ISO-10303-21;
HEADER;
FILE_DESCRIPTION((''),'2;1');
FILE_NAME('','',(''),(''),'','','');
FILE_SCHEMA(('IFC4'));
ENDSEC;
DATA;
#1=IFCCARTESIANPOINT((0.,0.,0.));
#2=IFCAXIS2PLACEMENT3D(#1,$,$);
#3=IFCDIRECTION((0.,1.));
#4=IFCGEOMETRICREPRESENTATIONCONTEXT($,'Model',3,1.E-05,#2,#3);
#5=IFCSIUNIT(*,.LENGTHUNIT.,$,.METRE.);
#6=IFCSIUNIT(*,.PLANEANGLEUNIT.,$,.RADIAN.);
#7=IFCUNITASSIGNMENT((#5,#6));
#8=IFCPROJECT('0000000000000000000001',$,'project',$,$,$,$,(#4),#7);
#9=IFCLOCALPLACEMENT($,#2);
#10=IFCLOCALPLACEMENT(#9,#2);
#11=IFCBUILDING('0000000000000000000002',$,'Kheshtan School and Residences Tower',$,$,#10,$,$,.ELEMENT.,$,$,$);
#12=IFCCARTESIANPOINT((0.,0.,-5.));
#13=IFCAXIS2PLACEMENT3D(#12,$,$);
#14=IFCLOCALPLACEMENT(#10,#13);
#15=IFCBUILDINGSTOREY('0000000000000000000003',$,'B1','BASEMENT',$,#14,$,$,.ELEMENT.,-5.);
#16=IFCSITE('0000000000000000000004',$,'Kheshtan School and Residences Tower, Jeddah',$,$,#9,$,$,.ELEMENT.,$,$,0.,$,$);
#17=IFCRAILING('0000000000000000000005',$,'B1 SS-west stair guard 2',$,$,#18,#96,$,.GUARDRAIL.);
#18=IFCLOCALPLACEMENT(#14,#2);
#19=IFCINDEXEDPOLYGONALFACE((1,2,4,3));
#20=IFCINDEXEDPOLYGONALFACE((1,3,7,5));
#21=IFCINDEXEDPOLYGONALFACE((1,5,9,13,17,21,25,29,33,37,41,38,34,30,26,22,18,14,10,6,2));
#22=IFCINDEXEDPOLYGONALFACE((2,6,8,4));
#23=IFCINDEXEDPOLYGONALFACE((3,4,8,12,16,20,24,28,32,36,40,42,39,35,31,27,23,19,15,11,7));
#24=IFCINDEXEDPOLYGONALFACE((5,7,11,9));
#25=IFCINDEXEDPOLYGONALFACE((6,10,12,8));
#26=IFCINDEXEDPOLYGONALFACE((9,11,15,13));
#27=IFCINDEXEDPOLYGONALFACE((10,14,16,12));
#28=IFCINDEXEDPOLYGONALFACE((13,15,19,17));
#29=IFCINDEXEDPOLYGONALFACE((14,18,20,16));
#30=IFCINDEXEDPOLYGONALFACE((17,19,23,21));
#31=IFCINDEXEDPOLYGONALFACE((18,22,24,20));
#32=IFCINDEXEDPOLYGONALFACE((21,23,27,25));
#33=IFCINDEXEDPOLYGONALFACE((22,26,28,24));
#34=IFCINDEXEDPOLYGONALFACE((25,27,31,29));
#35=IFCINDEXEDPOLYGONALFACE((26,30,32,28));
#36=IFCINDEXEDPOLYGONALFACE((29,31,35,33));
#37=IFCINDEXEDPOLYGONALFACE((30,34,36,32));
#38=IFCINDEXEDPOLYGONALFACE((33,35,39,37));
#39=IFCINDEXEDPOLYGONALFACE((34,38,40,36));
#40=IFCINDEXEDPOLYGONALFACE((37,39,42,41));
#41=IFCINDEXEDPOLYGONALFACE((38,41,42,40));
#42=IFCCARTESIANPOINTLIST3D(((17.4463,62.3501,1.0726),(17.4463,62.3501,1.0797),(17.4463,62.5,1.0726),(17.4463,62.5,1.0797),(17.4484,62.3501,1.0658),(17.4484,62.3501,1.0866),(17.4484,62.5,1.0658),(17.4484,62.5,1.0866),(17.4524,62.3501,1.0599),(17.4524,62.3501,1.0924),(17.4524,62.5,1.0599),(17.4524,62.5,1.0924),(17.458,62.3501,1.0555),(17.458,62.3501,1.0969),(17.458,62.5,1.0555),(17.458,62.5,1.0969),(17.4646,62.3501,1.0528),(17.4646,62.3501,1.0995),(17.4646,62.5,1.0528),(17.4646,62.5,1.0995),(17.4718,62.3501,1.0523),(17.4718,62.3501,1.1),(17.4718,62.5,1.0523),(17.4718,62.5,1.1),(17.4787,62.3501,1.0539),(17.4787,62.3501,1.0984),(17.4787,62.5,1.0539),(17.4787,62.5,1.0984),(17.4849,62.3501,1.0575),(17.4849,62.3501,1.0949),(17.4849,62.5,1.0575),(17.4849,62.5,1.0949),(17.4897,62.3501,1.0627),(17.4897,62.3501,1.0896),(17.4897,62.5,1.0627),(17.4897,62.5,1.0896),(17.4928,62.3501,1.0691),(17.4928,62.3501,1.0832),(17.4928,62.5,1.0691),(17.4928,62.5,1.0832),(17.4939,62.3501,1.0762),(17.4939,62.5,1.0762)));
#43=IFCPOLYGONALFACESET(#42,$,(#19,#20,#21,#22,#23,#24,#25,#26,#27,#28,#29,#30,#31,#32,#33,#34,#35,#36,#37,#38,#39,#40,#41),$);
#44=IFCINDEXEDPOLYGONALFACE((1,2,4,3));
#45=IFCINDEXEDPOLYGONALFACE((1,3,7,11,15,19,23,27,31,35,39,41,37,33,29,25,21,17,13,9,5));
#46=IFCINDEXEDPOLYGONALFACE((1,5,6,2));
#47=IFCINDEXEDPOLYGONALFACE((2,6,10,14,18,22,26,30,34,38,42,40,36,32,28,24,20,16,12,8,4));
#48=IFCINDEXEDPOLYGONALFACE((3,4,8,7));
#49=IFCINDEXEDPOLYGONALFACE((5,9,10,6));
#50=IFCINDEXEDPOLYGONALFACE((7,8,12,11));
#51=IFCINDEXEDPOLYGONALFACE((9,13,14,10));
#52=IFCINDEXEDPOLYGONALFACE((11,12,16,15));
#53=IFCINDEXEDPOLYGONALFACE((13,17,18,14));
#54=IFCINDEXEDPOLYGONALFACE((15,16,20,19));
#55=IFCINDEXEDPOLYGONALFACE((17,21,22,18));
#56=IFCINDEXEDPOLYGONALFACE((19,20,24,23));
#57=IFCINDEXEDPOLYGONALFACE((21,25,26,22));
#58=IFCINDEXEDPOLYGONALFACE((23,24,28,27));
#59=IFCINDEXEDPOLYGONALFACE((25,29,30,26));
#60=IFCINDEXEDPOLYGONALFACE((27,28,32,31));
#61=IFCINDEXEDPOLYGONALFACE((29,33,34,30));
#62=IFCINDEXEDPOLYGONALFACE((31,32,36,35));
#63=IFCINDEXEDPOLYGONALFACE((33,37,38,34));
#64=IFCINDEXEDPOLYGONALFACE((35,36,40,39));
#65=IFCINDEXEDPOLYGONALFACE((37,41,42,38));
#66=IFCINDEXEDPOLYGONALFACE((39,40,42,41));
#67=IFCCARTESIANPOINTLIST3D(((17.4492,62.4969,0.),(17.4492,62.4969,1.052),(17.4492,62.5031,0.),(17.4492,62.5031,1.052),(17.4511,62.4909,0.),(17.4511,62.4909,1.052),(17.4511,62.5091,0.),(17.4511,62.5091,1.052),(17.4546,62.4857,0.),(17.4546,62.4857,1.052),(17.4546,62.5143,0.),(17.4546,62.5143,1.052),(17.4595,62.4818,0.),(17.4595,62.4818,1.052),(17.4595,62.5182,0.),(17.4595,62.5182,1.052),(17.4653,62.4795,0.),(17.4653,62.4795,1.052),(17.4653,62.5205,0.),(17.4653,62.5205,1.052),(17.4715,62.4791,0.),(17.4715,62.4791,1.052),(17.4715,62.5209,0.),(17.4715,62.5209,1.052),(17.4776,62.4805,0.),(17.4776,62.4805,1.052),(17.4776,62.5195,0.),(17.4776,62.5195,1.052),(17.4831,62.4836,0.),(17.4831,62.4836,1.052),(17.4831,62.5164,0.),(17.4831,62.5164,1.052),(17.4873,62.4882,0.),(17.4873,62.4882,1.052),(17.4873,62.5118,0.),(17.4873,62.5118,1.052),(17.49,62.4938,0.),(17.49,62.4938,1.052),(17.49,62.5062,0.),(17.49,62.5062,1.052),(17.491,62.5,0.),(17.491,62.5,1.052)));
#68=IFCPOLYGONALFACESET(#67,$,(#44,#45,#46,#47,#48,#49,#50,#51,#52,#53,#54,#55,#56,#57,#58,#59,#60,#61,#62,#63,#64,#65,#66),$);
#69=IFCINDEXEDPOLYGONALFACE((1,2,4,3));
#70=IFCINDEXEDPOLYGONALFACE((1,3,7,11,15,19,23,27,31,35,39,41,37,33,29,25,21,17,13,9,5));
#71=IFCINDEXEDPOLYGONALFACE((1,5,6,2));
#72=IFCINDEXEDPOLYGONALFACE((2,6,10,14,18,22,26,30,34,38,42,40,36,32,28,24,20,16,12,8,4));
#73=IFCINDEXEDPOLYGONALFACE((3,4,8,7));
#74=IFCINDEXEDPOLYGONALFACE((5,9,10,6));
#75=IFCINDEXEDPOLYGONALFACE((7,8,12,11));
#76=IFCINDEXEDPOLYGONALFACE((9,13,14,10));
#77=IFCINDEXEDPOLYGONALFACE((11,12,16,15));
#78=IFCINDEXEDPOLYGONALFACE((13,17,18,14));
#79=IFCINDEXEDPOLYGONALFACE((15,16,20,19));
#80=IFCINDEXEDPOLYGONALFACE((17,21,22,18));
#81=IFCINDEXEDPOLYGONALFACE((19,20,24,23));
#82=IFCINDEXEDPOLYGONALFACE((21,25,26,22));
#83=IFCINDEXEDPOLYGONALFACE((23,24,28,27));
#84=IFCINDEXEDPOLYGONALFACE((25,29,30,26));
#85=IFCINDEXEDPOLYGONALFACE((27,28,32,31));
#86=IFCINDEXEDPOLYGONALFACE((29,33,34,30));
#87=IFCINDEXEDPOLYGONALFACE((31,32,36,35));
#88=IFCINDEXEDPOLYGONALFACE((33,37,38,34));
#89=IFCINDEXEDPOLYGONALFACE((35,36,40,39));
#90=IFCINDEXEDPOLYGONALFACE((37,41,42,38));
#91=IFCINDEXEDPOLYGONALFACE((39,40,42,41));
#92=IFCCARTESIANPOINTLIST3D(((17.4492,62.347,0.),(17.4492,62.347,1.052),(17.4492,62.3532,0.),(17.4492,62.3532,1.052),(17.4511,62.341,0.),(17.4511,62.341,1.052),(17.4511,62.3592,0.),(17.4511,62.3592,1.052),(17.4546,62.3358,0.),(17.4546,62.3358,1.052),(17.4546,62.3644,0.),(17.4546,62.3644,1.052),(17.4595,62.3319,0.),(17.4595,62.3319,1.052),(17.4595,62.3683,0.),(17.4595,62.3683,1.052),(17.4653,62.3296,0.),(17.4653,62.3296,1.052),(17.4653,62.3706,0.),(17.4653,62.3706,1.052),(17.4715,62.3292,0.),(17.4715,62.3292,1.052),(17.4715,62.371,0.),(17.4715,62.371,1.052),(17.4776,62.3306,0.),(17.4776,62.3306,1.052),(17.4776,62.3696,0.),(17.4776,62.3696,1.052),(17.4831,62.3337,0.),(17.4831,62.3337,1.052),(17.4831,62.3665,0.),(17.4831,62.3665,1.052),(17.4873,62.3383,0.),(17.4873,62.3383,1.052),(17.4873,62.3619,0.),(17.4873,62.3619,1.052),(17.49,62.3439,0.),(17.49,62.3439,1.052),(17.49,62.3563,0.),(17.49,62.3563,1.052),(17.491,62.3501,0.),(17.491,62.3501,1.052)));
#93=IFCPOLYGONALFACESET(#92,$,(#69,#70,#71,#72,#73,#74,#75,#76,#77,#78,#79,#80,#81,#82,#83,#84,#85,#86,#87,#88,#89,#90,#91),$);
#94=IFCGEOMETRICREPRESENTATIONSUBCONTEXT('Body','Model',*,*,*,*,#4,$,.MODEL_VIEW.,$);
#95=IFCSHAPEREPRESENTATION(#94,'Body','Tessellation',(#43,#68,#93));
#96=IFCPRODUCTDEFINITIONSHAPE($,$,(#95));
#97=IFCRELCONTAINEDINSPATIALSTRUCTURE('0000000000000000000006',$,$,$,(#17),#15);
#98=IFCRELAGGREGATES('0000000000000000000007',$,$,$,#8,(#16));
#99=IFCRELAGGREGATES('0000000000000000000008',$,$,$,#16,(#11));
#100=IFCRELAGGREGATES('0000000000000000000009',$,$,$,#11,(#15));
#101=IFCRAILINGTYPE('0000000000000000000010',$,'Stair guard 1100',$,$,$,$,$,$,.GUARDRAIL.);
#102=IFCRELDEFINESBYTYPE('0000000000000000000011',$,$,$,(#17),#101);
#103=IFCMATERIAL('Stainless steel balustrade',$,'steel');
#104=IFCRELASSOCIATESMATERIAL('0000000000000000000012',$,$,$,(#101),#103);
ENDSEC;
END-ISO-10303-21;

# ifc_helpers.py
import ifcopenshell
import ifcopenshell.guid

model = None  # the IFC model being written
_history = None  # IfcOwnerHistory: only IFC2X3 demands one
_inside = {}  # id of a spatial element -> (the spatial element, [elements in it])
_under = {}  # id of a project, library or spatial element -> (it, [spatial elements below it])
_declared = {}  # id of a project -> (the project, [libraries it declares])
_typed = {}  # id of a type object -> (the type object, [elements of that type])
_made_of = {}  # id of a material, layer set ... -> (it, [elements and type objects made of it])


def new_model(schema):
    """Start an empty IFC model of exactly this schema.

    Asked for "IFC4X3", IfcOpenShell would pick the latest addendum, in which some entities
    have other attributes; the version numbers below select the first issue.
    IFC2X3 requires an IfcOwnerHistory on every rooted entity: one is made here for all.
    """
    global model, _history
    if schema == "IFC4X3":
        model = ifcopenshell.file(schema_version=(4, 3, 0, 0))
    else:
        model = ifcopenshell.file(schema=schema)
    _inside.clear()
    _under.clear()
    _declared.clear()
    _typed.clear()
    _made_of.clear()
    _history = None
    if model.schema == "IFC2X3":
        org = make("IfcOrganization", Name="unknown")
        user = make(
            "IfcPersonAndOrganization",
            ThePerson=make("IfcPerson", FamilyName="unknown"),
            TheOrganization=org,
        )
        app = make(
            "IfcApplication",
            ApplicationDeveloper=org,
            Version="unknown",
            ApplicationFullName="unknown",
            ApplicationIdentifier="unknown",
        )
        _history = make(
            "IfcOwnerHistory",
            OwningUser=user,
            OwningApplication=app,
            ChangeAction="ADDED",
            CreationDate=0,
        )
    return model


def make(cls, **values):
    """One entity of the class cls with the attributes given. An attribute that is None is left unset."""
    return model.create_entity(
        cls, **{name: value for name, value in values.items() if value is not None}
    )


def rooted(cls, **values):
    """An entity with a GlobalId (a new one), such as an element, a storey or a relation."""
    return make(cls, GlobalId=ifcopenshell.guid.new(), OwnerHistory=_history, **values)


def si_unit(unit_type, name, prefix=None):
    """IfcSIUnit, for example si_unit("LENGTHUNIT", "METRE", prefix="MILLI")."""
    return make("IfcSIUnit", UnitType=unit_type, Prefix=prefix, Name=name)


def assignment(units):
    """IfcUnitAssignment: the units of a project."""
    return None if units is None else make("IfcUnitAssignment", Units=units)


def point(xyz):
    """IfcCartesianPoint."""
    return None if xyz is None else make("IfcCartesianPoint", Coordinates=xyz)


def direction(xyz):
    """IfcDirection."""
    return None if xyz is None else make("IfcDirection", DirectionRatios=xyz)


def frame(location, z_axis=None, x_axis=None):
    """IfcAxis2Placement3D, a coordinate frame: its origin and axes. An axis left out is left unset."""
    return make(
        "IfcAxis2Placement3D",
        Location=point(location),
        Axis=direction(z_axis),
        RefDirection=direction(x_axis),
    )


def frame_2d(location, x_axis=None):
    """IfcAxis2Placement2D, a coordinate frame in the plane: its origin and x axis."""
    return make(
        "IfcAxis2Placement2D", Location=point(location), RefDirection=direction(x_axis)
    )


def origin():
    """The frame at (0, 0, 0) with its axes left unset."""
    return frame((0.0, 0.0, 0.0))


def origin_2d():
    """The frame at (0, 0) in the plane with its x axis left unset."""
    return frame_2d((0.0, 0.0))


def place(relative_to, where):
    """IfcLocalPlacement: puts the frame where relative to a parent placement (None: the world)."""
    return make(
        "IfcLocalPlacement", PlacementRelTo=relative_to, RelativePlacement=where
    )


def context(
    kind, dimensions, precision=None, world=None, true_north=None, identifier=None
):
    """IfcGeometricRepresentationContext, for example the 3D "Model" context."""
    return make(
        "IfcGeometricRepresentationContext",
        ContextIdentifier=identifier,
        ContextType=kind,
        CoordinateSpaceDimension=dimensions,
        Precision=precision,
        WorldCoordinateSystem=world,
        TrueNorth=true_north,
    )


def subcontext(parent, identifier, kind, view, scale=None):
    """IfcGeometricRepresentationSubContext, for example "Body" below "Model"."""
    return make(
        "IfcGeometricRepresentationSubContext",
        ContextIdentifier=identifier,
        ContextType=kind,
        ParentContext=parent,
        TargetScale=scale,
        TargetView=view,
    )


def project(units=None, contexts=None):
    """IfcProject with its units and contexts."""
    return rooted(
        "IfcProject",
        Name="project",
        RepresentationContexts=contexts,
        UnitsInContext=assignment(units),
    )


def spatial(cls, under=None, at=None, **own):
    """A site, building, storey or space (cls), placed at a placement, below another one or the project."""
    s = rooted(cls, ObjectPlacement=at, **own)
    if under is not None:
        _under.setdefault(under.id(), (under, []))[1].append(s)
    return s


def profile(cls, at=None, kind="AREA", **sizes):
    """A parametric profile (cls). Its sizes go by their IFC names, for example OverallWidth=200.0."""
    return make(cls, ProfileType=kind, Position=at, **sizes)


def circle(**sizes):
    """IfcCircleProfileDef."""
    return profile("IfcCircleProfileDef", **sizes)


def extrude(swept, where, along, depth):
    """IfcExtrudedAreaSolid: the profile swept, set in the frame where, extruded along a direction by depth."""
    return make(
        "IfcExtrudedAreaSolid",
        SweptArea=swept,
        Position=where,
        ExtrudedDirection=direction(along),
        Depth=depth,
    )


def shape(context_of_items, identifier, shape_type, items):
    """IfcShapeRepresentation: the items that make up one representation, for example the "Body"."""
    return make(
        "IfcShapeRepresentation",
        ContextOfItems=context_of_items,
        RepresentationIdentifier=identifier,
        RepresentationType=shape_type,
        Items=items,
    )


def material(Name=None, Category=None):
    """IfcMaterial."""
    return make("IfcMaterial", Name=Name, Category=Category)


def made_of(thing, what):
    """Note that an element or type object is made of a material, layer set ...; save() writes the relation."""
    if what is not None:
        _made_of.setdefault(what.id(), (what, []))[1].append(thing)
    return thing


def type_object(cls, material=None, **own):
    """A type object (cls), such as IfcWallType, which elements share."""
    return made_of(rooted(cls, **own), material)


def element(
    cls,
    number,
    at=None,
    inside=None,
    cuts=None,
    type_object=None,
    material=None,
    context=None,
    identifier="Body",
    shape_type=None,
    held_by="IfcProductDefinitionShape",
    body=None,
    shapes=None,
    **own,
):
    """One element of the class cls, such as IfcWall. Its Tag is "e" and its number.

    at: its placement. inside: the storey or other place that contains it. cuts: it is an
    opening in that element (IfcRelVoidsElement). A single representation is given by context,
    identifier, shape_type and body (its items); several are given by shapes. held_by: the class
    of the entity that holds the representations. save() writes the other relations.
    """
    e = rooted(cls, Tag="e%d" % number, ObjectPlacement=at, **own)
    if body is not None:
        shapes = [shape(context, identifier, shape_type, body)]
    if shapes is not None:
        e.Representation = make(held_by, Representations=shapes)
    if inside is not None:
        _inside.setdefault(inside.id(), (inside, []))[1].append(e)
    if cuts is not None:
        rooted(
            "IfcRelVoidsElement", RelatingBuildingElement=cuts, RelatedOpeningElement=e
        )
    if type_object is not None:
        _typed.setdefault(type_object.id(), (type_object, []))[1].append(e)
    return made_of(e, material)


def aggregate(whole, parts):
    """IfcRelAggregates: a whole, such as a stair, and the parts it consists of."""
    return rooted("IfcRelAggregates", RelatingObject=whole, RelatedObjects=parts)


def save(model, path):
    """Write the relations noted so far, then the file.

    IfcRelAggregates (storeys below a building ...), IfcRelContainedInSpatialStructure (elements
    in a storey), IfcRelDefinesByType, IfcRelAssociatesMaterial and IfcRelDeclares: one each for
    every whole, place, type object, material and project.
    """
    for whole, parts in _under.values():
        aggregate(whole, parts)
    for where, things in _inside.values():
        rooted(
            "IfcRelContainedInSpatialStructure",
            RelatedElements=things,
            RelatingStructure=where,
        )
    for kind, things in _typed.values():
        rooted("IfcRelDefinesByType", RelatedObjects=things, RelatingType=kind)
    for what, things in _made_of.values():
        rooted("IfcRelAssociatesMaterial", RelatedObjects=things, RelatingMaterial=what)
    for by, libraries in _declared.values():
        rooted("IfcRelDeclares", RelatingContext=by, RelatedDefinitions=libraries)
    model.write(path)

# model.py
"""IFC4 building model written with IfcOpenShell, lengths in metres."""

from ifc_helpers import new_model, si_unit, direction, frame, origin, origin_2d, place, context, subcontext, project, spatial, circle, extrude, material, type_object, element, save


model = new_model("IFC4")

# Units and contexts
model_context = context("Model", 3, precision=1e-05, world=origin(), true_north=direction((0.0, 1.0)))
body_context = subcontext(model_context, "Body", "Model", "MODEL_VIEW")
ifc_project = project(units=[si_unit("LENGTHUNIT", "METRE"), si_unit("PLANEANGLEUNIT", "RADIAN")], contexts=[model_context])

# Site, building, storey
site_placement = place(None, origin())
site = spatial("IfcSite", under=ifc_project, at=site_placement, Name="Kheshtan School and Residences Tower, Jeddah", CompositionType="ELEMENT", RefElevation=0.0)
building_placement = place(site_placement, origin())
building = spatial("IfcBuilding", under=site, at=building_placement, Name="Kheshtan School and Residences Tower", CompositionType="ELEMENT")
storey_placement = place(building_placement, frame((0.0, 0.0, -5.0)))
storey = spatial("IfcBuildingStorey", under=building, at=storey_placement, Name="B1", Description="BASEMENT", CompositionType="ELEMENT", Elevation=-5.0)

# Railing
ifc_material_1 = material(Name="Stainless steel balustrade", Category="steel")
railing_type_1 = type_object("IfcRailingType", Name="Stair guard 1100", PredefinedType="GUARDRAIL", material=ifc_material_1)
railing_1_placement = place(storey_placement, frame((17.47, 62.5, 0.0)))
element("IfcRailing", 1, at=railing_1_placement, inside=storey, type_object=railing_type_1, Name="B1 SS-west stair guard 2", PredefinedType="GUARDRAIL", context=body_context, shape_type="SweptSolid", body=[
    extrude(circle(Radius=0.0239, at=origin_2d()), frame((0.0, 0.0, 1.0762), z_axis=(0.0, -1.0, 0.0), x_axis=(1.0, 0.0, 0.0)), (0.0, 0.0, 1.0), 0.1499),
    extrude(circle(Radius=0.021, at=origin_2d()), origin(), (0.0, 0.0, 1.0), 1.052),
    extrude(circle(Radius=0.021, at=origin_2d()), frame((0.0, -0.1499, 0.0)), (0.0, 0.0, 1.0), 1.052),
])

save(model, "model.ifc")
